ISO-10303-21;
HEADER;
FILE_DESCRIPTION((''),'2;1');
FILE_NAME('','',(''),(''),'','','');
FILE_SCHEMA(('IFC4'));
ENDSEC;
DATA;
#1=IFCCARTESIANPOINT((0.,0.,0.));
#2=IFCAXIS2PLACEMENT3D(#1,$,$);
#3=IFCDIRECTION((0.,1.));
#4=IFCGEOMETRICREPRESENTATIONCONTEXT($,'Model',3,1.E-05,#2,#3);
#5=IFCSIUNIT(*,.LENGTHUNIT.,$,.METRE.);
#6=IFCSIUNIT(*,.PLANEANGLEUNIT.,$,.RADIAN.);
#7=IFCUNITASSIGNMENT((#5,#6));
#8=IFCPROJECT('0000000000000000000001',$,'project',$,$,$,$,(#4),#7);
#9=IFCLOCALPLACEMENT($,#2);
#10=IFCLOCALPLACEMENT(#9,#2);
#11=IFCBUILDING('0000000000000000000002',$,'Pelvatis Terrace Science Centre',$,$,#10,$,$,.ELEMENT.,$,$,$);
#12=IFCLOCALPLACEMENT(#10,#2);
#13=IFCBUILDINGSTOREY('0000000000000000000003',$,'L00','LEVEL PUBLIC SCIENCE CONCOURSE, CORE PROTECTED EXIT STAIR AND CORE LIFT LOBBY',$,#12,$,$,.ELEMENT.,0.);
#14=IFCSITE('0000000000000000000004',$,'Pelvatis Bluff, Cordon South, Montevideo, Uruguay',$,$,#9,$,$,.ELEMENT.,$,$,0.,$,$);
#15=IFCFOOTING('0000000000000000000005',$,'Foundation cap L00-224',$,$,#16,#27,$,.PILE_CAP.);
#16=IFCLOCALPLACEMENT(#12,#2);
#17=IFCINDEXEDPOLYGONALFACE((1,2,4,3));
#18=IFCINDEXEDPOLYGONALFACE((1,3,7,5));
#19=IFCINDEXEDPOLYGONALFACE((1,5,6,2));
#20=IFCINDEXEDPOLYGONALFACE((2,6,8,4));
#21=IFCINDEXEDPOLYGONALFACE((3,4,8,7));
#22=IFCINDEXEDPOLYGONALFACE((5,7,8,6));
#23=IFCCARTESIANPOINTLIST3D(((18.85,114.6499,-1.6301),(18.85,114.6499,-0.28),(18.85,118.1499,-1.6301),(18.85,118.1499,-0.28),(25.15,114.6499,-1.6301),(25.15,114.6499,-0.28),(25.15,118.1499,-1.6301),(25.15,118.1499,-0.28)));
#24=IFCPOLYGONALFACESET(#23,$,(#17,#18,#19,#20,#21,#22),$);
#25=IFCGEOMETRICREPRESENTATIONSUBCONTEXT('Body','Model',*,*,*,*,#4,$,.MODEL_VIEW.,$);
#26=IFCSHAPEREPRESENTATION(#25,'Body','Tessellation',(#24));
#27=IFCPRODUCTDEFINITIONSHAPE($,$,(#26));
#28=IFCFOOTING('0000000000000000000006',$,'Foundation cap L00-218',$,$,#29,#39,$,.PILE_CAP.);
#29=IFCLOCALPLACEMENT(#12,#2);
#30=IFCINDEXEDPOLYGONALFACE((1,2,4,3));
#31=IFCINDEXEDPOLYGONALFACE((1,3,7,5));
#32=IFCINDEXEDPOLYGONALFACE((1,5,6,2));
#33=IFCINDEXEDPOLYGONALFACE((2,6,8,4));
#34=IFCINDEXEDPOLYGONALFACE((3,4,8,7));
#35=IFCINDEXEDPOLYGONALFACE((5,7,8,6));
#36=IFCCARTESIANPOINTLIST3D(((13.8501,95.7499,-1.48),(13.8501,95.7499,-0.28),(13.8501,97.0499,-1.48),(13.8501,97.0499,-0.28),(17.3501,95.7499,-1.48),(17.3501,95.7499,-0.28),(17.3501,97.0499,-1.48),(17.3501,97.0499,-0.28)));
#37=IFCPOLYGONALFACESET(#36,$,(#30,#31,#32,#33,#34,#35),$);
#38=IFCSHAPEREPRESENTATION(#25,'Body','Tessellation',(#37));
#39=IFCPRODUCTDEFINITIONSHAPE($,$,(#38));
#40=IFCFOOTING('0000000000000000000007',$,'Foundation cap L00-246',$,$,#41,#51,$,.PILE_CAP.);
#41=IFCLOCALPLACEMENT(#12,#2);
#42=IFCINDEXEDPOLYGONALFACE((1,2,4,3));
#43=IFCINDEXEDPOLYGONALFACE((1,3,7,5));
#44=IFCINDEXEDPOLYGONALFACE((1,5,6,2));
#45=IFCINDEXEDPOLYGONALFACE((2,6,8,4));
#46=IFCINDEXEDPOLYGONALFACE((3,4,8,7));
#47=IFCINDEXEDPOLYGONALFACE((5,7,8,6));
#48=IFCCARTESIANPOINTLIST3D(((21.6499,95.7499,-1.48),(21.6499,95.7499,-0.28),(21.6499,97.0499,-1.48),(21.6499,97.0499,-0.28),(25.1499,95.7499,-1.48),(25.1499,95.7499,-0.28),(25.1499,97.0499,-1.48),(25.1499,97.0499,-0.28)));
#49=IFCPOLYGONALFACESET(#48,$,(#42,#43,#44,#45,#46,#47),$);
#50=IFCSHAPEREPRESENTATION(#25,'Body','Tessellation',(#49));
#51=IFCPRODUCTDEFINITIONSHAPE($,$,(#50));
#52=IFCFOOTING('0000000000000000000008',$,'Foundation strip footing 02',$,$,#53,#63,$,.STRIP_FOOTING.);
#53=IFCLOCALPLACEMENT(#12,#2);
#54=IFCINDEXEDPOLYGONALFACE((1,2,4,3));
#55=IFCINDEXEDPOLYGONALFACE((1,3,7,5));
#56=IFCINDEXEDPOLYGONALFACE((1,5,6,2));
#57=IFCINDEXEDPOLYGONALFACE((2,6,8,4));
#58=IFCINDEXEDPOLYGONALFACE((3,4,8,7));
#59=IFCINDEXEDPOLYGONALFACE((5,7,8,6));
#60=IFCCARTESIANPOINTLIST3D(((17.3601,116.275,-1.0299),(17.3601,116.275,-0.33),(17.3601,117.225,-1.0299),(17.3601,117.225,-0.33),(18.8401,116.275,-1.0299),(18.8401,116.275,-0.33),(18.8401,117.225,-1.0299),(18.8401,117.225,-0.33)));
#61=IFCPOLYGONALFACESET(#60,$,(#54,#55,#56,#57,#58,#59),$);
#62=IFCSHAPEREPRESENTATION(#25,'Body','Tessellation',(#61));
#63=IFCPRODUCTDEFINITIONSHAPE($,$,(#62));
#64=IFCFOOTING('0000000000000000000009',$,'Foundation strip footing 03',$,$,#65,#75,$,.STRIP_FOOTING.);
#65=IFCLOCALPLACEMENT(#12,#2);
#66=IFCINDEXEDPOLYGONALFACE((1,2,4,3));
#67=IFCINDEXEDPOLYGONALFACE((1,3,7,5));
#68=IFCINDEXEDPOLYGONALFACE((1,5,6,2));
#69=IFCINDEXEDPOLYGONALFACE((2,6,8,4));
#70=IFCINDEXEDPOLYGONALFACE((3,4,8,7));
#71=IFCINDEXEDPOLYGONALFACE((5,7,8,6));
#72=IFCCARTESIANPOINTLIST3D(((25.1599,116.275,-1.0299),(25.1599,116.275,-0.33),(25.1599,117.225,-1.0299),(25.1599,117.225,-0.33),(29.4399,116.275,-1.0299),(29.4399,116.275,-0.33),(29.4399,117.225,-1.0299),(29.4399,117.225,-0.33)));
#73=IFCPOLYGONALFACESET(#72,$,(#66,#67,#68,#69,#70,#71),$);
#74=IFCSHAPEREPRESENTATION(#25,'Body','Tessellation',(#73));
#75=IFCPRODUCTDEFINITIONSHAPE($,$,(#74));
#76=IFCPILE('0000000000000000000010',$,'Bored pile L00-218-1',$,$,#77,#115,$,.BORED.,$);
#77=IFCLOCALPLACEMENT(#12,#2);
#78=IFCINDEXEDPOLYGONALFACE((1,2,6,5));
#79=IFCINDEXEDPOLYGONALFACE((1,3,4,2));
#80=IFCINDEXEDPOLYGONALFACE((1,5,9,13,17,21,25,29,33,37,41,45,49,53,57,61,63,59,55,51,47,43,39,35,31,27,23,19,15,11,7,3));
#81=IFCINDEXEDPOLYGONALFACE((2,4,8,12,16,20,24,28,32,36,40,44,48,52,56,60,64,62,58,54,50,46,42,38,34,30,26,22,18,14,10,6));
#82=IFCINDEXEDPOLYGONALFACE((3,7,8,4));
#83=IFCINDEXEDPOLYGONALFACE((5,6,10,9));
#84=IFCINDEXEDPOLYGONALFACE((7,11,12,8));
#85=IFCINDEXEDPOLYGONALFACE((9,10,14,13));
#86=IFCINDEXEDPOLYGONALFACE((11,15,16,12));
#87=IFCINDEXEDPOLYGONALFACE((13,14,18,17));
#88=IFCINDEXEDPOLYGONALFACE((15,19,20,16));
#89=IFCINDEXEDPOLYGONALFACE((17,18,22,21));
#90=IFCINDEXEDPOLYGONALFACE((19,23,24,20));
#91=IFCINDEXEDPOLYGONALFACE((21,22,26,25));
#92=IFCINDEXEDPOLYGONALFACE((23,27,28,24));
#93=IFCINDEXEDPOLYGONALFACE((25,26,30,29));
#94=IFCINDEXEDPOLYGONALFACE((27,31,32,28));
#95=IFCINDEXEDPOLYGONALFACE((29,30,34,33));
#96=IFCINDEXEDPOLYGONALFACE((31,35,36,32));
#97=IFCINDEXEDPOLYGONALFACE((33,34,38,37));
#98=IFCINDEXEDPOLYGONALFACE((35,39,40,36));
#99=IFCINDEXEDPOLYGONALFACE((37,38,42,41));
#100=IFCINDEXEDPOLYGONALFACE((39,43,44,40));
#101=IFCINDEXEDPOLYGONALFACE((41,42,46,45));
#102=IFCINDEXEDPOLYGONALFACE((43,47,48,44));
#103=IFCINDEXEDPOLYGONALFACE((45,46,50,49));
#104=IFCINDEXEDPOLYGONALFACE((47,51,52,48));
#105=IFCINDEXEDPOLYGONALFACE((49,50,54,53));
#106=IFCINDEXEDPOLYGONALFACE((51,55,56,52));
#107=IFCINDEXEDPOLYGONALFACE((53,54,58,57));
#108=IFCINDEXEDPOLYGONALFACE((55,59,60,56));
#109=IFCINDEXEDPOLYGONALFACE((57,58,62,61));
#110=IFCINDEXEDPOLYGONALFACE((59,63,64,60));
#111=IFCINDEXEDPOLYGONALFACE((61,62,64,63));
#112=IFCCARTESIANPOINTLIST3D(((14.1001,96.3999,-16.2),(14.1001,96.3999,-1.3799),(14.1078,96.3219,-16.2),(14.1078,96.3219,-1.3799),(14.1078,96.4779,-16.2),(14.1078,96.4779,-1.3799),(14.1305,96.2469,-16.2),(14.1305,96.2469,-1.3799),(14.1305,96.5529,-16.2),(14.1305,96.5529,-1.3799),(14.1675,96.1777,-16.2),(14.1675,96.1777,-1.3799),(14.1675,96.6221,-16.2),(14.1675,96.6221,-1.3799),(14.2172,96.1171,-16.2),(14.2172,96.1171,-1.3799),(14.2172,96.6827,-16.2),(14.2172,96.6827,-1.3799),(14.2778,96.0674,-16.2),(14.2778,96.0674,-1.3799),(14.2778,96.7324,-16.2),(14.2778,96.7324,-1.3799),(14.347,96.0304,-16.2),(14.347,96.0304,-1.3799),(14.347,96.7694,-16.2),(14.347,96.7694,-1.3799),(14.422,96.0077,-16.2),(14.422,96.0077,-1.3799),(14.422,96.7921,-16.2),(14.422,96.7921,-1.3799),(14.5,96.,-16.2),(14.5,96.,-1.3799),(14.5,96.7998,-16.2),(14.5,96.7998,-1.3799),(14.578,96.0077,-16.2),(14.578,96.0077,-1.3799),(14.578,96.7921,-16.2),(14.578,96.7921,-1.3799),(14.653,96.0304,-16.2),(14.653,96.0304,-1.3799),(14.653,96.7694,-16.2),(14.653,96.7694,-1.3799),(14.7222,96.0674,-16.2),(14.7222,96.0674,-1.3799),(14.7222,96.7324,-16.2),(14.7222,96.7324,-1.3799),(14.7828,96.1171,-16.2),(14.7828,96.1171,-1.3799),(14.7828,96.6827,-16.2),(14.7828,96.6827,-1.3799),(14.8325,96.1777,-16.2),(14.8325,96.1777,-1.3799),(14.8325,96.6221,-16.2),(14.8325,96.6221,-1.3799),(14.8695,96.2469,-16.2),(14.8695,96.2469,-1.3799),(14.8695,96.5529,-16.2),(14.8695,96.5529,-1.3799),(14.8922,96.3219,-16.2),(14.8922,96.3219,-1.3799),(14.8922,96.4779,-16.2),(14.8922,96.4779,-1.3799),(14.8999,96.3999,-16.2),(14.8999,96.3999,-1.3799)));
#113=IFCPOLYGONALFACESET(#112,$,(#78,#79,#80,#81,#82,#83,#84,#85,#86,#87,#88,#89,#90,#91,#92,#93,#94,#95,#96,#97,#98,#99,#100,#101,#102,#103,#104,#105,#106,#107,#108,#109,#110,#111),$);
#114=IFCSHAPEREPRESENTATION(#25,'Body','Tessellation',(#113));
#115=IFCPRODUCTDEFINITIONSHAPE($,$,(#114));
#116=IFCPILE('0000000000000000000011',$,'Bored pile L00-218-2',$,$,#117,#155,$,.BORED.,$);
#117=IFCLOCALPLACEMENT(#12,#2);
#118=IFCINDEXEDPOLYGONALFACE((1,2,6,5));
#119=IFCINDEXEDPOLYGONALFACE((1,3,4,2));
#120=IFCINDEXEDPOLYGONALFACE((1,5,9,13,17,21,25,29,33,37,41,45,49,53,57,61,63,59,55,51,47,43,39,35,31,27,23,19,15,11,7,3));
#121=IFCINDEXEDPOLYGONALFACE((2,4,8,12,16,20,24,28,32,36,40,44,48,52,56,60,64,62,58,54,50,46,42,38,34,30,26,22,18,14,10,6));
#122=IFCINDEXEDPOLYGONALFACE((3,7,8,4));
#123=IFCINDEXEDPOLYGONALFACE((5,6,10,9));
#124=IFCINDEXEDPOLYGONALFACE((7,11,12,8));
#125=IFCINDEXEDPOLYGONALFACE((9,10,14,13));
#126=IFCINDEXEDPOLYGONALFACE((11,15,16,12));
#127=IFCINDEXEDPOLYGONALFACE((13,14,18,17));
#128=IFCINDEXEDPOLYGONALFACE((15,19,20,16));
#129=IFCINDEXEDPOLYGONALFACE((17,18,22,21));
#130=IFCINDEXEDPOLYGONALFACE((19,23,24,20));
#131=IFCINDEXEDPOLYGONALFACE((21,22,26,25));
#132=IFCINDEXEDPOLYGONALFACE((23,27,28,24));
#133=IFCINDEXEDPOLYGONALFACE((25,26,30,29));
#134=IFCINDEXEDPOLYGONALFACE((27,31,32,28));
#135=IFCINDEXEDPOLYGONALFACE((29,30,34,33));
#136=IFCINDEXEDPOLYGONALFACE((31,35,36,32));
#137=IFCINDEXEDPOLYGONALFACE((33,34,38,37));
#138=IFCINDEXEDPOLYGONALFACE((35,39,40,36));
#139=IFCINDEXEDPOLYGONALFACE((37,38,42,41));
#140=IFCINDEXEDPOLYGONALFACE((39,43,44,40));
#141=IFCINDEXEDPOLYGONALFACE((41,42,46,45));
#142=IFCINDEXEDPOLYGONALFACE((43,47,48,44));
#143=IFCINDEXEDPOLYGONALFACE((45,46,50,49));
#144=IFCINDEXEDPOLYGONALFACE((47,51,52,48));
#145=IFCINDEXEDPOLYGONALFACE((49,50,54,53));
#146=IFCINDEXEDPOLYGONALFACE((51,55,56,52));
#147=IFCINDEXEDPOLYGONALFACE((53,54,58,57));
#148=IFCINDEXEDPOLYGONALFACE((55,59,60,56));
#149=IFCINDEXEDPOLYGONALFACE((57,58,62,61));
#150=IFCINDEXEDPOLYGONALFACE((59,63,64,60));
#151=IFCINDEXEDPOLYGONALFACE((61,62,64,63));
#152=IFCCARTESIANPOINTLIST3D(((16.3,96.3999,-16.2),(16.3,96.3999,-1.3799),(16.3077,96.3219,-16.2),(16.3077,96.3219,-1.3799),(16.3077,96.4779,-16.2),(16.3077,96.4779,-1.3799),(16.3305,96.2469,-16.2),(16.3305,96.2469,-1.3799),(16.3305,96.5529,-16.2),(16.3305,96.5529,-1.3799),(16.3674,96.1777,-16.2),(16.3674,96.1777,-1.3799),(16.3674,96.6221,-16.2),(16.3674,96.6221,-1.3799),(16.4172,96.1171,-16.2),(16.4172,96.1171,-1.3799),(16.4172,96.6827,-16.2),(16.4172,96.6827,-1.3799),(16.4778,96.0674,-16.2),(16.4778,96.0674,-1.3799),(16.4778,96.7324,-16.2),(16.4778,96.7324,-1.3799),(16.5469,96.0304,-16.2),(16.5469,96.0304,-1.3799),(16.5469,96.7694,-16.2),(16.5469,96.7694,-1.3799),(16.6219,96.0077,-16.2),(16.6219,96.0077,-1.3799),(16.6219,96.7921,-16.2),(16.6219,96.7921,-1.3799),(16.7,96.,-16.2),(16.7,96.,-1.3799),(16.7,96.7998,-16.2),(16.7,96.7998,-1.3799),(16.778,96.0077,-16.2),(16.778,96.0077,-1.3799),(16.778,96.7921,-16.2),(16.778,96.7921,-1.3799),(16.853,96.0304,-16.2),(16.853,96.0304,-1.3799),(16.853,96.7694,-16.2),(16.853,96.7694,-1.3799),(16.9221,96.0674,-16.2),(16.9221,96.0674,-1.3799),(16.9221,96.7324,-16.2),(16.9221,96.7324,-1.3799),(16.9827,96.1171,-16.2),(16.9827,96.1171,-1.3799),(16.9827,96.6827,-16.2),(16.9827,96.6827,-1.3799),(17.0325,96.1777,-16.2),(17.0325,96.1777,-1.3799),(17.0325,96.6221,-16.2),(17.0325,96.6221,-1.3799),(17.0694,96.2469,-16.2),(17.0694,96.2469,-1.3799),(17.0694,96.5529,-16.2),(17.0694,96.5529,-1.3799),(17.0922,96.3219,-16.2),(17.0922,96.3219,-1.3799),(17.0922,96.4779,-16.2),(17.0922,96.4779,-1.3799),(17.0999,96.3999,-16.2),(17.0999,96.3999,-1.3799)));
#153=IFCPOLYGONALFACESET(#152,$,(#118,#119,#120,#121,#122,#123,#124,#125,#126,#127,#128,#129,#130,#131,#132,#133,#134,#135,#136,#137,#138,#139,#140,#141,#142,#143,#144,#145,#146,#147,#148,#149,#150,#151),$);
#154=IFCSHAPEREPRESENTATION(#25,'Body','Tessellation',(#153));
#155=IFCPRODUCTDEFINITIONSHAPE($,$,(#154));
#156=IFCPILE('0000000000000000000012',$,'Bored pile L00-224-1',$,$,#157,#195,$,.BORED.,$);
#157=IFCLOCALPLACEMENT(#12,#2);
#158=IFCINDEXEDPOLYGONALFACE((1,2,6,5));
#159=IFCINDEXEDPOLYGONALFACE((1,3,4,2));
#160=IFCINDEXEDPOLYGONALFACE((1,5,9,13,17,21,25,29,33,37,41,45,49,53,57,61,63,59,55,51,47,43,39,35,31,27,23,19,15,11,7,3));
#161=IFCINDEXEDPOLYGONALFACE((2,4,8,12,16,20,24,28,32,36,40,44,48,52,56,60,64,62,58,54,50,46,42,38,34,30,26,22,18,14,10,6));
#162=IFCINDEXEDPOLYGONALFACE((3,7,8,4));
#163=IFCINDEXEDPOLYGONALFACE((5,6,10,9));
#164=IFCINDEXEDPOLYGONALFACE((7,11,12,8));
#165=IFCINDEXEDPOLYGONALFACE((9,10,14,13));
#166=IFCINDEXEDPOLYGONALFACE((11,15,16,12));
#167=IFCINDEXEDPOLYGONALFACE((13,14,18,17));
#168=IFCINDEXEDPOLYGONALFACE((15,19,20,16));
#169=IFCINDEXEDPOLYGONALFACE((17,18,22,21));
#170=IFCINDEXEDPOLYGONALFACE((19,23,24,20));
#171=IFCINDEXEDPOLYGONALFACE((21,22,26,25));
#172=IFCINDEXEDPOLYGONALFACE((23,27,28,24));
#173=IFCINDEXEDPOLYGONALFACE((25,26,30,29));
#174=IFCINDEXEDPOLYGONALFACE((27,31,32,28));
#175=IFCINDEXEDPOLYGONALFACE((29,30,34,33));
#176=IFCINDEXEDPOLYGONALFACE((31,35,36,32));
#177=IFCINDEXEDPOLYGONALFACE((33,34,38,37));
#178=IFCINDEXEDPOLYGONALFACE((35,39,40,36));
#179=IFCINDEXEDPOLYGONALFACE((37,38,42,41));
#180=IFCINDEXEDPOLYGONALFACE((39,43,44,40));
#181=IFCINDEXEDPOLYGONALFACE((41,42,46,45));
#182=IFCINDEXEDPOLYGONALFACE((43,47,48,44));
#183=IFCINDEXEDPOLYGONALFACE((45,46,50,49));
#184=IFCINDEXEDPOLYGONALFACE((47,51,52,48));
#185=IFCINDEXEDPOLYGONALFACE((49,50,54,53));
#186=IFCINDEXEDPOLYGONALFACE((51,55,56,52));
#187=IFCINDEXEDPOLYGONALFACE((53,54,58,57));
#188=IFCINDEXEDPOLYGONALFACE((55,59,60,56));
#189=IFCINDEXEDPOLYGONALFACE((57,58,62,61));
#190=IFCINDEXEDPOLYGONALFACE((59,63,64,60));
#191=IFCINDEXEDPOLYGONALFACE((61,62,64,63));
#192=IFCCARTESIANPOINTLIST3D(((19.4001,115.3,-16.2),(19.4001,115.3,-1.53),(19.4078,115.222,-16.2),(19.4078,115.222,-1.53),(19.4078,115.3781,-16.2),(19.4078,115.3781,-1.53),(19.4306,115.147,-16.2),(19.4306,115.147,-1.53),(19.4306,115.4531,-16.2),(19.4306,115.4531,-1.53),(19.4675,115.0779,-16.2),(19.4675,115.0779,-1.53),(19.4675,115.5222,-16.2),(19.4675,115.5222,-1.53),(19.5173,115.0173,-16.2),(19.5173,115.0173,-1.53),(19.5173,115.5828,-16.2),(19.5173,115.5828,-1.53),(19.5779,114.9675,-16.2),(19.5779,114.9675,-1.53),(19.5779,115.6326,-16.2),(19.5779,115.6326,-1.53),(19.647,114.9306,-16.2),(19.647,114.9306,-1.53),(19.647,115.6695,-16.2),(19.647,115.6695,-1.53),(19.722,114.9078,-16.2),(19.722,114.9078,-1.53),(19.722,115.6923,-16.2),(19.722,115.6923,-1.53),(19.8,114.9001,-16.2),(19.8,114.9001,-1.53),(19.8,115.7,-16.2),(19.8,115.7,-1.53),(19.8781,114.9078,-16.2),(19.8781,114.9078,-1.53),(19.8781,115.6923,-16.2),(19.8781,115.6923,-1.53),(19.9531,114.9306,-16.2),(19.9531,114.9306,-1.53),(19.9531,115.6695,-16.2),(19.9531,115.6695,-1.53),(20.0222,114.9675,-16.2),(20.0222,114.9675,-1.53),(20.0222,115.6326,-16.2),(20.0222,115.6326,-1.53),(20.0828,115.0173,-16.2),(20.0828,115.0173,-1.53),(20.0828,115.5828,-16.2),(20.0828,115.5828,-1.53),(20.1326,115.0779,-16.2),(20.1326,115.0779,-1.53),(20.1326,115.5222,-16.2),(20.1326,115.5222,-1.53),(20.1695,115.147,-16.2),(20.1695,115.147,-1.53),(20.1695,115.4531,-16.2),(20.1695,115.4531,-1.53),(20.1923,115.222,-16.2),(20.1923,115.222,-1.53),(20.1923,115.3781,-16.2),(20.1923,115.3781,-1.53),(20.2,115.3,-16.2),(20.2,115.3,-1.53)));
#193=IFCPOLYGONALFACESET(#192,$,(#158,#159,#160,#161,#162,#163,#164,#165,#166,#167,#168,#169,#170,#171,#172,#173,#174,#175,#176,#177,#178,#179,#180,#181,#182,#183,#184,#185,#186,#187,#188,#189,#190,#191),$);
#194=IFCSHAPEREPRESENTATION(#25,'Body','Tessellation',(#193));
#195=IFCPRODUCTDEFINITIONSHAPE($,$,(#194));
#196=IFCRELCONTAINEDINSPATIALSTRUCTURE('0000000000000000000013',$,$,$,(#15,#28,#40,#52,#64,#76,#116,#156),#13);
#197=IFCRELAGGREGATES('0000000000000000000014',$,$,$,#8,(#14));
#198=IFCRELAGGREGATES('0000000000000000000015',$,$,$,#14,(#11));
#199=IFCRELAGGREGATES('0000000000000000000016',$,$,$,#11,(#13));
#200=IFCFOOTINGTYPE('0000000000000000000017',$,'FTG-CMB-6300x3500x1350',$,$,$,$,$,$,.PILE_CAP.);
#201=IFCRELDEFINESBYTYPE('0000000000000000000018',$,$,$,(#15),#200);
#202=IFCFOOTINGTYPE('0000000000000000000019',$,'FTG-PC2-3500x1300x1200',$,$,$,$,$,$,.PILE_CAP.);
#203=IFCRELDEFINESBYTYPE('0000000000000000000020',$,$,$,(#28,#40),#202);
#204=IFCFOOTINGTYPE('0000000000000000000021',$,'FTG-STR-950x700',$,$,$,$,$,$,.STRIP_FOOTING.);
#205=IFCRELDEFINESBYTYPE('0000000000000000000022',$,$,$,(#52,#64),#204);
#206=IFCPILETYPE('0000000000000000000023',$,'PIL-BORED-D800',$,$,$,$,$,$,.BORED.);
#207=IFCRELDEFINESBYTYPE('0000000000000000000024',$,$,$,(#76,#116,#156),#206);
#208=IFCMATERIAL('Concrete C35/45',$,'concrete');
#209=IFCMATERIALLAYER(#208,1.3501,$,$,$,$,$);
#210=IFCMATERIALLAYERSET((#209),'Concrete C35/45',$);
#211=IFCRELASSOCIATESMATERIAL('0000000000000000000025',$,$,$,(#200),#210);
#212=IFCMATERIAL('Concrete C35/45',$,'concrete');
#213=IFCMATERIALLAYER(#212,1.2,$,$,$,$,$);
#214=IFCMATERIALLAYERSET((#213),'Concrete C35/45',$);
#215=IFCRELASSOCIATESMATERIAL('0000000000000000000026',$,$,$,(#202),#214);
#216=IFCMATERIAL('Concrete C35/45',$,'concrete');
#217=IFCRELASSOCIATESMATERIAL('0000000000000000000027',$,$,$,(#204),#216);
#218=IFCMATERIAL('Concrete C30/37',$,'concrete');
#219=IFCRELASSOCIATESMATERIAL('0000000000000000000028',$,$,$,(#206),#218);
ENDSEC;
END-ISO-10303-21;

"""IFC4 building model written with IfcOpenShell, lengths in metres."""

from ifc_helpers import new_model, si_unit, direction, frame, origin, origin_2d, place, context, subcontext, project, spatial, rectangle, circle, extrude, material, layer, layer_set, material_profile, profile_set, type_object, element, save


model = new_model("IFC4")

# Units and contexts
model_context = context("Model", 3, precision=1e-05, world=origin(), true_north=direction((0.0, 1.0)))
body_context = subcontext(model_context, "Body", "Model", "MODEL_VIEW")
ifc_project = project(units=[si_unit("LENGTHUNIT", "METRE"), si_unit("PLANEANGLEUNIT", "RADIAN")], contexts=[model_context])

# Site, building, storey
site_placement = place(None, origin())
site = spatial("IfcSite", under=ifc_project, at=site_placement, Name="Pelvatis Bluff, Cordon South, Montevideo, Uruguay", CompositionType="ELEMENT", RefElevation=0.0)
building_placement = place(site_placement, origin())
building = spatial("IfcBuilding", under=site, at=building_placement, Name="Pelvatis Terrace Science Centre", CompositionType="ELEMENT")
storey_placement = place(building_placement, origin())
storey = spatial("IfcBuildingStorey", under=building, at=storey_placement, Name="L00", Description="LEVEL PUBLIC SCIENCE CONCOURSE, CORE PROTECTED EXIT STAIR AND CORE LIFT LOBBY", CompositionType="ELEMENT", Elevation=0.0)

# Footings
ifc_material_1 = material(Name="Concrete C35/45", Category="concrete")
ifc_layer_1 = layer(ifc_material_1, 1.3501)
ifc_layer_set_1 = layer_set([ifc_layer_1], Name="Concrete C35/45")
footing_type_1 = type_object("IfcFootingType", Name="FTG-CMB-6300x3500x1350", PredefinedType="PILE_CAP", material=ifc_layer_set_1)
footing_1_placement = place(storey_placement, frame((22.0, 116.3999, -1.6301), z_axis=(0.0, 0.0, 1.0), x_axis=(1.0, 0.0, 0.0)))
element("IfcFooting", 1, at=footing_1_placement, inside=storey, type_object=footing_type_1, Name="Foundation cap L00-224", PredefinedType="PILE_CAP", context=body_context, shape_type="SweptSolid", body=[
    extrude(rectangle(XDim=6.3, YDim=3.5, at=origin_2d()), origin(), (0.0, 0.0, 1.0), 1.3501),
])
ifc_material_2 = material(Name="Concrete C35/45", Category="concrete")
ifc_layer_2 = layer(ifc_material_2, 1.2)
ifc_layer_set_2 = layer_set([ifc_layer_2], Name="Concrete C35/45")
footing_type_2 = type_object("IfcFootingType", Name="FTG-PC2-3500x1300x1200", PredefinedType="PILE_CAP", material=ifc_layer_set_2)
for number, where, z_axis, x_axis, name in (
    (2, (15.6001, 96.3999, -1.48), (0.0, 0.0, 1.0), (1.0, 0.0, 0.0), "Foundation cap L00-218"),
    (3, (23.3999, 96.3999, -1.48), (0.0, 0.0, 1.0), (1.0, 0.0, 0.0), "Foundation cap L00-246"),
):
    element("IfcFooting", number, at=place(storey_placement, frame(where, z_axis=z_axis, x_axis=x_axis)), inside=storey, type_object=footing_type_2, Name=name, PredefinedType="PILE_CAP", context=body_context, shape_type="SweptSolid", body=[
        extrude(rectangle(XDim=3.5, YDim=1.3, at=origin_2d()), origin(), (0.0, 0.0, 1.0), 1.2),
    ])
ifc_material_3 = material(Name="Concrete C35/45", Category="concrete")
ifc_material_profile_1 = material_profile(ifc_material_3, rectangle(XDim=0.95, YDim=0.7, at=origin_2d()), Name="RC-STR 950x700")
ifc_profile_set_1 = profile_set([ifc_material_profile_1], Name="Concrete C35/45")
footing_type_3 = type_object("IfcFootingType", Name="FTG-STR-950x700", PredefinedType="STRIP_FOOTING", material=ifc_profile_set_1)
footing_2_placement = place(storey_placement, frame((17.3601, 116.75, -0.6799), z_axis=(1.0, 0.0, 0.0), x_axis=(0.0, 1.0, 0.0)))
element("IfcFooting", 4, at=footing_2_placement, inside=storey, type_object=footing_type_3, Name="Foundation strip footing 02", PredefinedType="STRIP_FOOTING", context=body_context, shape_type="SweptSolid", body=[
    extrude(rectangle(XDim=0.95, YDim=0.7, at=origin_2d()), origin(), (0.0, 0.0, 1.0), 1.48),
])
footing_3_placement = place(storey_placement, frame((25.1599, 116.75, -0.6799), z_axis=(1.0, 0.0, 0.0), x_axis=(0.0, 1.0, 0.0)))
element("IfcFooting", 5, at=footing_3_placement, inside=storey, type_object=footing_type_3, Name="Foundation strip footing 03", PredefinedType="STRIP_FOOTING", context=body_context, shape_type="SweptSolid", body=[
    extrude(rectangle(XDim=0.95, YDim=0.7, at=origin_2d()), origin(), (0.0, 0.0, 1.0), 4.28),
])

# Piles
ifc_material_4 = material(Name="Concrete C30/37", Category="concrete")
ifc_material_profile_2 = material_profile(ifc_material_4, circle(Radius=0.3999, at=origin_2d()), Name="PILE D800")
ifc_profile_set_2 = profile_set([ifc_material_profile_2], Name="Concrete C30/37")
pile_type = type_object("IfcPileType", Name="PIL-BORED-D800", PredefinedType="BORED", material=ifc_profile_set_2)
for number, where, z_axis, x_axis, name in (
    (6, (14.5, 96.3999, -1.3799), (0.0, 0.0, -1.0), (1.0, 0.0, 0.0), "Bored pile L00-218-1"),
    (7, (16.7, 96.3999, -1.3799), (0.0, 0.0, -1.0), (1.0, 0.0, 0.0), "Bored pile L00-218-2"),
):
    element("IfcPile", number, at=place(storey_placement, frame(where, z_axis=z_axis, x_axis=x_axis)), inside=storey, type_object=pile_type, Name=name, PredefinedType="BORED", context=body_context, shape_type="SweptSolid", body=[
        extrude(circle(Radius=0.3999, at=origin_2d()), origin(), (0.0, 0.0, 1.0), 14.8201),
    ])
for number, where, z_axis, x_axis, name in (
    (8, (19.8, 115.3, -1.53), (0.0, 0.0, -1.0), (1.0, 0.0, 0.0), "Bored pile L00-224-1"),
):
    element("IfcPile", number, at=place(storey_placement, frame(where, z_axis=z_axis, x_axis=x_axis)), inside=storey, type_object=pile_type, Name=name, PredefinedType="BORED", context=body_context, shape_type="SweptSolid", body=[
        extrude(circle(Radius=0.3999, at=origin_2d()), origin(), (0.0, 0.0, 1.0), 14.6699),
    ])

save(model, "model.ifc")
